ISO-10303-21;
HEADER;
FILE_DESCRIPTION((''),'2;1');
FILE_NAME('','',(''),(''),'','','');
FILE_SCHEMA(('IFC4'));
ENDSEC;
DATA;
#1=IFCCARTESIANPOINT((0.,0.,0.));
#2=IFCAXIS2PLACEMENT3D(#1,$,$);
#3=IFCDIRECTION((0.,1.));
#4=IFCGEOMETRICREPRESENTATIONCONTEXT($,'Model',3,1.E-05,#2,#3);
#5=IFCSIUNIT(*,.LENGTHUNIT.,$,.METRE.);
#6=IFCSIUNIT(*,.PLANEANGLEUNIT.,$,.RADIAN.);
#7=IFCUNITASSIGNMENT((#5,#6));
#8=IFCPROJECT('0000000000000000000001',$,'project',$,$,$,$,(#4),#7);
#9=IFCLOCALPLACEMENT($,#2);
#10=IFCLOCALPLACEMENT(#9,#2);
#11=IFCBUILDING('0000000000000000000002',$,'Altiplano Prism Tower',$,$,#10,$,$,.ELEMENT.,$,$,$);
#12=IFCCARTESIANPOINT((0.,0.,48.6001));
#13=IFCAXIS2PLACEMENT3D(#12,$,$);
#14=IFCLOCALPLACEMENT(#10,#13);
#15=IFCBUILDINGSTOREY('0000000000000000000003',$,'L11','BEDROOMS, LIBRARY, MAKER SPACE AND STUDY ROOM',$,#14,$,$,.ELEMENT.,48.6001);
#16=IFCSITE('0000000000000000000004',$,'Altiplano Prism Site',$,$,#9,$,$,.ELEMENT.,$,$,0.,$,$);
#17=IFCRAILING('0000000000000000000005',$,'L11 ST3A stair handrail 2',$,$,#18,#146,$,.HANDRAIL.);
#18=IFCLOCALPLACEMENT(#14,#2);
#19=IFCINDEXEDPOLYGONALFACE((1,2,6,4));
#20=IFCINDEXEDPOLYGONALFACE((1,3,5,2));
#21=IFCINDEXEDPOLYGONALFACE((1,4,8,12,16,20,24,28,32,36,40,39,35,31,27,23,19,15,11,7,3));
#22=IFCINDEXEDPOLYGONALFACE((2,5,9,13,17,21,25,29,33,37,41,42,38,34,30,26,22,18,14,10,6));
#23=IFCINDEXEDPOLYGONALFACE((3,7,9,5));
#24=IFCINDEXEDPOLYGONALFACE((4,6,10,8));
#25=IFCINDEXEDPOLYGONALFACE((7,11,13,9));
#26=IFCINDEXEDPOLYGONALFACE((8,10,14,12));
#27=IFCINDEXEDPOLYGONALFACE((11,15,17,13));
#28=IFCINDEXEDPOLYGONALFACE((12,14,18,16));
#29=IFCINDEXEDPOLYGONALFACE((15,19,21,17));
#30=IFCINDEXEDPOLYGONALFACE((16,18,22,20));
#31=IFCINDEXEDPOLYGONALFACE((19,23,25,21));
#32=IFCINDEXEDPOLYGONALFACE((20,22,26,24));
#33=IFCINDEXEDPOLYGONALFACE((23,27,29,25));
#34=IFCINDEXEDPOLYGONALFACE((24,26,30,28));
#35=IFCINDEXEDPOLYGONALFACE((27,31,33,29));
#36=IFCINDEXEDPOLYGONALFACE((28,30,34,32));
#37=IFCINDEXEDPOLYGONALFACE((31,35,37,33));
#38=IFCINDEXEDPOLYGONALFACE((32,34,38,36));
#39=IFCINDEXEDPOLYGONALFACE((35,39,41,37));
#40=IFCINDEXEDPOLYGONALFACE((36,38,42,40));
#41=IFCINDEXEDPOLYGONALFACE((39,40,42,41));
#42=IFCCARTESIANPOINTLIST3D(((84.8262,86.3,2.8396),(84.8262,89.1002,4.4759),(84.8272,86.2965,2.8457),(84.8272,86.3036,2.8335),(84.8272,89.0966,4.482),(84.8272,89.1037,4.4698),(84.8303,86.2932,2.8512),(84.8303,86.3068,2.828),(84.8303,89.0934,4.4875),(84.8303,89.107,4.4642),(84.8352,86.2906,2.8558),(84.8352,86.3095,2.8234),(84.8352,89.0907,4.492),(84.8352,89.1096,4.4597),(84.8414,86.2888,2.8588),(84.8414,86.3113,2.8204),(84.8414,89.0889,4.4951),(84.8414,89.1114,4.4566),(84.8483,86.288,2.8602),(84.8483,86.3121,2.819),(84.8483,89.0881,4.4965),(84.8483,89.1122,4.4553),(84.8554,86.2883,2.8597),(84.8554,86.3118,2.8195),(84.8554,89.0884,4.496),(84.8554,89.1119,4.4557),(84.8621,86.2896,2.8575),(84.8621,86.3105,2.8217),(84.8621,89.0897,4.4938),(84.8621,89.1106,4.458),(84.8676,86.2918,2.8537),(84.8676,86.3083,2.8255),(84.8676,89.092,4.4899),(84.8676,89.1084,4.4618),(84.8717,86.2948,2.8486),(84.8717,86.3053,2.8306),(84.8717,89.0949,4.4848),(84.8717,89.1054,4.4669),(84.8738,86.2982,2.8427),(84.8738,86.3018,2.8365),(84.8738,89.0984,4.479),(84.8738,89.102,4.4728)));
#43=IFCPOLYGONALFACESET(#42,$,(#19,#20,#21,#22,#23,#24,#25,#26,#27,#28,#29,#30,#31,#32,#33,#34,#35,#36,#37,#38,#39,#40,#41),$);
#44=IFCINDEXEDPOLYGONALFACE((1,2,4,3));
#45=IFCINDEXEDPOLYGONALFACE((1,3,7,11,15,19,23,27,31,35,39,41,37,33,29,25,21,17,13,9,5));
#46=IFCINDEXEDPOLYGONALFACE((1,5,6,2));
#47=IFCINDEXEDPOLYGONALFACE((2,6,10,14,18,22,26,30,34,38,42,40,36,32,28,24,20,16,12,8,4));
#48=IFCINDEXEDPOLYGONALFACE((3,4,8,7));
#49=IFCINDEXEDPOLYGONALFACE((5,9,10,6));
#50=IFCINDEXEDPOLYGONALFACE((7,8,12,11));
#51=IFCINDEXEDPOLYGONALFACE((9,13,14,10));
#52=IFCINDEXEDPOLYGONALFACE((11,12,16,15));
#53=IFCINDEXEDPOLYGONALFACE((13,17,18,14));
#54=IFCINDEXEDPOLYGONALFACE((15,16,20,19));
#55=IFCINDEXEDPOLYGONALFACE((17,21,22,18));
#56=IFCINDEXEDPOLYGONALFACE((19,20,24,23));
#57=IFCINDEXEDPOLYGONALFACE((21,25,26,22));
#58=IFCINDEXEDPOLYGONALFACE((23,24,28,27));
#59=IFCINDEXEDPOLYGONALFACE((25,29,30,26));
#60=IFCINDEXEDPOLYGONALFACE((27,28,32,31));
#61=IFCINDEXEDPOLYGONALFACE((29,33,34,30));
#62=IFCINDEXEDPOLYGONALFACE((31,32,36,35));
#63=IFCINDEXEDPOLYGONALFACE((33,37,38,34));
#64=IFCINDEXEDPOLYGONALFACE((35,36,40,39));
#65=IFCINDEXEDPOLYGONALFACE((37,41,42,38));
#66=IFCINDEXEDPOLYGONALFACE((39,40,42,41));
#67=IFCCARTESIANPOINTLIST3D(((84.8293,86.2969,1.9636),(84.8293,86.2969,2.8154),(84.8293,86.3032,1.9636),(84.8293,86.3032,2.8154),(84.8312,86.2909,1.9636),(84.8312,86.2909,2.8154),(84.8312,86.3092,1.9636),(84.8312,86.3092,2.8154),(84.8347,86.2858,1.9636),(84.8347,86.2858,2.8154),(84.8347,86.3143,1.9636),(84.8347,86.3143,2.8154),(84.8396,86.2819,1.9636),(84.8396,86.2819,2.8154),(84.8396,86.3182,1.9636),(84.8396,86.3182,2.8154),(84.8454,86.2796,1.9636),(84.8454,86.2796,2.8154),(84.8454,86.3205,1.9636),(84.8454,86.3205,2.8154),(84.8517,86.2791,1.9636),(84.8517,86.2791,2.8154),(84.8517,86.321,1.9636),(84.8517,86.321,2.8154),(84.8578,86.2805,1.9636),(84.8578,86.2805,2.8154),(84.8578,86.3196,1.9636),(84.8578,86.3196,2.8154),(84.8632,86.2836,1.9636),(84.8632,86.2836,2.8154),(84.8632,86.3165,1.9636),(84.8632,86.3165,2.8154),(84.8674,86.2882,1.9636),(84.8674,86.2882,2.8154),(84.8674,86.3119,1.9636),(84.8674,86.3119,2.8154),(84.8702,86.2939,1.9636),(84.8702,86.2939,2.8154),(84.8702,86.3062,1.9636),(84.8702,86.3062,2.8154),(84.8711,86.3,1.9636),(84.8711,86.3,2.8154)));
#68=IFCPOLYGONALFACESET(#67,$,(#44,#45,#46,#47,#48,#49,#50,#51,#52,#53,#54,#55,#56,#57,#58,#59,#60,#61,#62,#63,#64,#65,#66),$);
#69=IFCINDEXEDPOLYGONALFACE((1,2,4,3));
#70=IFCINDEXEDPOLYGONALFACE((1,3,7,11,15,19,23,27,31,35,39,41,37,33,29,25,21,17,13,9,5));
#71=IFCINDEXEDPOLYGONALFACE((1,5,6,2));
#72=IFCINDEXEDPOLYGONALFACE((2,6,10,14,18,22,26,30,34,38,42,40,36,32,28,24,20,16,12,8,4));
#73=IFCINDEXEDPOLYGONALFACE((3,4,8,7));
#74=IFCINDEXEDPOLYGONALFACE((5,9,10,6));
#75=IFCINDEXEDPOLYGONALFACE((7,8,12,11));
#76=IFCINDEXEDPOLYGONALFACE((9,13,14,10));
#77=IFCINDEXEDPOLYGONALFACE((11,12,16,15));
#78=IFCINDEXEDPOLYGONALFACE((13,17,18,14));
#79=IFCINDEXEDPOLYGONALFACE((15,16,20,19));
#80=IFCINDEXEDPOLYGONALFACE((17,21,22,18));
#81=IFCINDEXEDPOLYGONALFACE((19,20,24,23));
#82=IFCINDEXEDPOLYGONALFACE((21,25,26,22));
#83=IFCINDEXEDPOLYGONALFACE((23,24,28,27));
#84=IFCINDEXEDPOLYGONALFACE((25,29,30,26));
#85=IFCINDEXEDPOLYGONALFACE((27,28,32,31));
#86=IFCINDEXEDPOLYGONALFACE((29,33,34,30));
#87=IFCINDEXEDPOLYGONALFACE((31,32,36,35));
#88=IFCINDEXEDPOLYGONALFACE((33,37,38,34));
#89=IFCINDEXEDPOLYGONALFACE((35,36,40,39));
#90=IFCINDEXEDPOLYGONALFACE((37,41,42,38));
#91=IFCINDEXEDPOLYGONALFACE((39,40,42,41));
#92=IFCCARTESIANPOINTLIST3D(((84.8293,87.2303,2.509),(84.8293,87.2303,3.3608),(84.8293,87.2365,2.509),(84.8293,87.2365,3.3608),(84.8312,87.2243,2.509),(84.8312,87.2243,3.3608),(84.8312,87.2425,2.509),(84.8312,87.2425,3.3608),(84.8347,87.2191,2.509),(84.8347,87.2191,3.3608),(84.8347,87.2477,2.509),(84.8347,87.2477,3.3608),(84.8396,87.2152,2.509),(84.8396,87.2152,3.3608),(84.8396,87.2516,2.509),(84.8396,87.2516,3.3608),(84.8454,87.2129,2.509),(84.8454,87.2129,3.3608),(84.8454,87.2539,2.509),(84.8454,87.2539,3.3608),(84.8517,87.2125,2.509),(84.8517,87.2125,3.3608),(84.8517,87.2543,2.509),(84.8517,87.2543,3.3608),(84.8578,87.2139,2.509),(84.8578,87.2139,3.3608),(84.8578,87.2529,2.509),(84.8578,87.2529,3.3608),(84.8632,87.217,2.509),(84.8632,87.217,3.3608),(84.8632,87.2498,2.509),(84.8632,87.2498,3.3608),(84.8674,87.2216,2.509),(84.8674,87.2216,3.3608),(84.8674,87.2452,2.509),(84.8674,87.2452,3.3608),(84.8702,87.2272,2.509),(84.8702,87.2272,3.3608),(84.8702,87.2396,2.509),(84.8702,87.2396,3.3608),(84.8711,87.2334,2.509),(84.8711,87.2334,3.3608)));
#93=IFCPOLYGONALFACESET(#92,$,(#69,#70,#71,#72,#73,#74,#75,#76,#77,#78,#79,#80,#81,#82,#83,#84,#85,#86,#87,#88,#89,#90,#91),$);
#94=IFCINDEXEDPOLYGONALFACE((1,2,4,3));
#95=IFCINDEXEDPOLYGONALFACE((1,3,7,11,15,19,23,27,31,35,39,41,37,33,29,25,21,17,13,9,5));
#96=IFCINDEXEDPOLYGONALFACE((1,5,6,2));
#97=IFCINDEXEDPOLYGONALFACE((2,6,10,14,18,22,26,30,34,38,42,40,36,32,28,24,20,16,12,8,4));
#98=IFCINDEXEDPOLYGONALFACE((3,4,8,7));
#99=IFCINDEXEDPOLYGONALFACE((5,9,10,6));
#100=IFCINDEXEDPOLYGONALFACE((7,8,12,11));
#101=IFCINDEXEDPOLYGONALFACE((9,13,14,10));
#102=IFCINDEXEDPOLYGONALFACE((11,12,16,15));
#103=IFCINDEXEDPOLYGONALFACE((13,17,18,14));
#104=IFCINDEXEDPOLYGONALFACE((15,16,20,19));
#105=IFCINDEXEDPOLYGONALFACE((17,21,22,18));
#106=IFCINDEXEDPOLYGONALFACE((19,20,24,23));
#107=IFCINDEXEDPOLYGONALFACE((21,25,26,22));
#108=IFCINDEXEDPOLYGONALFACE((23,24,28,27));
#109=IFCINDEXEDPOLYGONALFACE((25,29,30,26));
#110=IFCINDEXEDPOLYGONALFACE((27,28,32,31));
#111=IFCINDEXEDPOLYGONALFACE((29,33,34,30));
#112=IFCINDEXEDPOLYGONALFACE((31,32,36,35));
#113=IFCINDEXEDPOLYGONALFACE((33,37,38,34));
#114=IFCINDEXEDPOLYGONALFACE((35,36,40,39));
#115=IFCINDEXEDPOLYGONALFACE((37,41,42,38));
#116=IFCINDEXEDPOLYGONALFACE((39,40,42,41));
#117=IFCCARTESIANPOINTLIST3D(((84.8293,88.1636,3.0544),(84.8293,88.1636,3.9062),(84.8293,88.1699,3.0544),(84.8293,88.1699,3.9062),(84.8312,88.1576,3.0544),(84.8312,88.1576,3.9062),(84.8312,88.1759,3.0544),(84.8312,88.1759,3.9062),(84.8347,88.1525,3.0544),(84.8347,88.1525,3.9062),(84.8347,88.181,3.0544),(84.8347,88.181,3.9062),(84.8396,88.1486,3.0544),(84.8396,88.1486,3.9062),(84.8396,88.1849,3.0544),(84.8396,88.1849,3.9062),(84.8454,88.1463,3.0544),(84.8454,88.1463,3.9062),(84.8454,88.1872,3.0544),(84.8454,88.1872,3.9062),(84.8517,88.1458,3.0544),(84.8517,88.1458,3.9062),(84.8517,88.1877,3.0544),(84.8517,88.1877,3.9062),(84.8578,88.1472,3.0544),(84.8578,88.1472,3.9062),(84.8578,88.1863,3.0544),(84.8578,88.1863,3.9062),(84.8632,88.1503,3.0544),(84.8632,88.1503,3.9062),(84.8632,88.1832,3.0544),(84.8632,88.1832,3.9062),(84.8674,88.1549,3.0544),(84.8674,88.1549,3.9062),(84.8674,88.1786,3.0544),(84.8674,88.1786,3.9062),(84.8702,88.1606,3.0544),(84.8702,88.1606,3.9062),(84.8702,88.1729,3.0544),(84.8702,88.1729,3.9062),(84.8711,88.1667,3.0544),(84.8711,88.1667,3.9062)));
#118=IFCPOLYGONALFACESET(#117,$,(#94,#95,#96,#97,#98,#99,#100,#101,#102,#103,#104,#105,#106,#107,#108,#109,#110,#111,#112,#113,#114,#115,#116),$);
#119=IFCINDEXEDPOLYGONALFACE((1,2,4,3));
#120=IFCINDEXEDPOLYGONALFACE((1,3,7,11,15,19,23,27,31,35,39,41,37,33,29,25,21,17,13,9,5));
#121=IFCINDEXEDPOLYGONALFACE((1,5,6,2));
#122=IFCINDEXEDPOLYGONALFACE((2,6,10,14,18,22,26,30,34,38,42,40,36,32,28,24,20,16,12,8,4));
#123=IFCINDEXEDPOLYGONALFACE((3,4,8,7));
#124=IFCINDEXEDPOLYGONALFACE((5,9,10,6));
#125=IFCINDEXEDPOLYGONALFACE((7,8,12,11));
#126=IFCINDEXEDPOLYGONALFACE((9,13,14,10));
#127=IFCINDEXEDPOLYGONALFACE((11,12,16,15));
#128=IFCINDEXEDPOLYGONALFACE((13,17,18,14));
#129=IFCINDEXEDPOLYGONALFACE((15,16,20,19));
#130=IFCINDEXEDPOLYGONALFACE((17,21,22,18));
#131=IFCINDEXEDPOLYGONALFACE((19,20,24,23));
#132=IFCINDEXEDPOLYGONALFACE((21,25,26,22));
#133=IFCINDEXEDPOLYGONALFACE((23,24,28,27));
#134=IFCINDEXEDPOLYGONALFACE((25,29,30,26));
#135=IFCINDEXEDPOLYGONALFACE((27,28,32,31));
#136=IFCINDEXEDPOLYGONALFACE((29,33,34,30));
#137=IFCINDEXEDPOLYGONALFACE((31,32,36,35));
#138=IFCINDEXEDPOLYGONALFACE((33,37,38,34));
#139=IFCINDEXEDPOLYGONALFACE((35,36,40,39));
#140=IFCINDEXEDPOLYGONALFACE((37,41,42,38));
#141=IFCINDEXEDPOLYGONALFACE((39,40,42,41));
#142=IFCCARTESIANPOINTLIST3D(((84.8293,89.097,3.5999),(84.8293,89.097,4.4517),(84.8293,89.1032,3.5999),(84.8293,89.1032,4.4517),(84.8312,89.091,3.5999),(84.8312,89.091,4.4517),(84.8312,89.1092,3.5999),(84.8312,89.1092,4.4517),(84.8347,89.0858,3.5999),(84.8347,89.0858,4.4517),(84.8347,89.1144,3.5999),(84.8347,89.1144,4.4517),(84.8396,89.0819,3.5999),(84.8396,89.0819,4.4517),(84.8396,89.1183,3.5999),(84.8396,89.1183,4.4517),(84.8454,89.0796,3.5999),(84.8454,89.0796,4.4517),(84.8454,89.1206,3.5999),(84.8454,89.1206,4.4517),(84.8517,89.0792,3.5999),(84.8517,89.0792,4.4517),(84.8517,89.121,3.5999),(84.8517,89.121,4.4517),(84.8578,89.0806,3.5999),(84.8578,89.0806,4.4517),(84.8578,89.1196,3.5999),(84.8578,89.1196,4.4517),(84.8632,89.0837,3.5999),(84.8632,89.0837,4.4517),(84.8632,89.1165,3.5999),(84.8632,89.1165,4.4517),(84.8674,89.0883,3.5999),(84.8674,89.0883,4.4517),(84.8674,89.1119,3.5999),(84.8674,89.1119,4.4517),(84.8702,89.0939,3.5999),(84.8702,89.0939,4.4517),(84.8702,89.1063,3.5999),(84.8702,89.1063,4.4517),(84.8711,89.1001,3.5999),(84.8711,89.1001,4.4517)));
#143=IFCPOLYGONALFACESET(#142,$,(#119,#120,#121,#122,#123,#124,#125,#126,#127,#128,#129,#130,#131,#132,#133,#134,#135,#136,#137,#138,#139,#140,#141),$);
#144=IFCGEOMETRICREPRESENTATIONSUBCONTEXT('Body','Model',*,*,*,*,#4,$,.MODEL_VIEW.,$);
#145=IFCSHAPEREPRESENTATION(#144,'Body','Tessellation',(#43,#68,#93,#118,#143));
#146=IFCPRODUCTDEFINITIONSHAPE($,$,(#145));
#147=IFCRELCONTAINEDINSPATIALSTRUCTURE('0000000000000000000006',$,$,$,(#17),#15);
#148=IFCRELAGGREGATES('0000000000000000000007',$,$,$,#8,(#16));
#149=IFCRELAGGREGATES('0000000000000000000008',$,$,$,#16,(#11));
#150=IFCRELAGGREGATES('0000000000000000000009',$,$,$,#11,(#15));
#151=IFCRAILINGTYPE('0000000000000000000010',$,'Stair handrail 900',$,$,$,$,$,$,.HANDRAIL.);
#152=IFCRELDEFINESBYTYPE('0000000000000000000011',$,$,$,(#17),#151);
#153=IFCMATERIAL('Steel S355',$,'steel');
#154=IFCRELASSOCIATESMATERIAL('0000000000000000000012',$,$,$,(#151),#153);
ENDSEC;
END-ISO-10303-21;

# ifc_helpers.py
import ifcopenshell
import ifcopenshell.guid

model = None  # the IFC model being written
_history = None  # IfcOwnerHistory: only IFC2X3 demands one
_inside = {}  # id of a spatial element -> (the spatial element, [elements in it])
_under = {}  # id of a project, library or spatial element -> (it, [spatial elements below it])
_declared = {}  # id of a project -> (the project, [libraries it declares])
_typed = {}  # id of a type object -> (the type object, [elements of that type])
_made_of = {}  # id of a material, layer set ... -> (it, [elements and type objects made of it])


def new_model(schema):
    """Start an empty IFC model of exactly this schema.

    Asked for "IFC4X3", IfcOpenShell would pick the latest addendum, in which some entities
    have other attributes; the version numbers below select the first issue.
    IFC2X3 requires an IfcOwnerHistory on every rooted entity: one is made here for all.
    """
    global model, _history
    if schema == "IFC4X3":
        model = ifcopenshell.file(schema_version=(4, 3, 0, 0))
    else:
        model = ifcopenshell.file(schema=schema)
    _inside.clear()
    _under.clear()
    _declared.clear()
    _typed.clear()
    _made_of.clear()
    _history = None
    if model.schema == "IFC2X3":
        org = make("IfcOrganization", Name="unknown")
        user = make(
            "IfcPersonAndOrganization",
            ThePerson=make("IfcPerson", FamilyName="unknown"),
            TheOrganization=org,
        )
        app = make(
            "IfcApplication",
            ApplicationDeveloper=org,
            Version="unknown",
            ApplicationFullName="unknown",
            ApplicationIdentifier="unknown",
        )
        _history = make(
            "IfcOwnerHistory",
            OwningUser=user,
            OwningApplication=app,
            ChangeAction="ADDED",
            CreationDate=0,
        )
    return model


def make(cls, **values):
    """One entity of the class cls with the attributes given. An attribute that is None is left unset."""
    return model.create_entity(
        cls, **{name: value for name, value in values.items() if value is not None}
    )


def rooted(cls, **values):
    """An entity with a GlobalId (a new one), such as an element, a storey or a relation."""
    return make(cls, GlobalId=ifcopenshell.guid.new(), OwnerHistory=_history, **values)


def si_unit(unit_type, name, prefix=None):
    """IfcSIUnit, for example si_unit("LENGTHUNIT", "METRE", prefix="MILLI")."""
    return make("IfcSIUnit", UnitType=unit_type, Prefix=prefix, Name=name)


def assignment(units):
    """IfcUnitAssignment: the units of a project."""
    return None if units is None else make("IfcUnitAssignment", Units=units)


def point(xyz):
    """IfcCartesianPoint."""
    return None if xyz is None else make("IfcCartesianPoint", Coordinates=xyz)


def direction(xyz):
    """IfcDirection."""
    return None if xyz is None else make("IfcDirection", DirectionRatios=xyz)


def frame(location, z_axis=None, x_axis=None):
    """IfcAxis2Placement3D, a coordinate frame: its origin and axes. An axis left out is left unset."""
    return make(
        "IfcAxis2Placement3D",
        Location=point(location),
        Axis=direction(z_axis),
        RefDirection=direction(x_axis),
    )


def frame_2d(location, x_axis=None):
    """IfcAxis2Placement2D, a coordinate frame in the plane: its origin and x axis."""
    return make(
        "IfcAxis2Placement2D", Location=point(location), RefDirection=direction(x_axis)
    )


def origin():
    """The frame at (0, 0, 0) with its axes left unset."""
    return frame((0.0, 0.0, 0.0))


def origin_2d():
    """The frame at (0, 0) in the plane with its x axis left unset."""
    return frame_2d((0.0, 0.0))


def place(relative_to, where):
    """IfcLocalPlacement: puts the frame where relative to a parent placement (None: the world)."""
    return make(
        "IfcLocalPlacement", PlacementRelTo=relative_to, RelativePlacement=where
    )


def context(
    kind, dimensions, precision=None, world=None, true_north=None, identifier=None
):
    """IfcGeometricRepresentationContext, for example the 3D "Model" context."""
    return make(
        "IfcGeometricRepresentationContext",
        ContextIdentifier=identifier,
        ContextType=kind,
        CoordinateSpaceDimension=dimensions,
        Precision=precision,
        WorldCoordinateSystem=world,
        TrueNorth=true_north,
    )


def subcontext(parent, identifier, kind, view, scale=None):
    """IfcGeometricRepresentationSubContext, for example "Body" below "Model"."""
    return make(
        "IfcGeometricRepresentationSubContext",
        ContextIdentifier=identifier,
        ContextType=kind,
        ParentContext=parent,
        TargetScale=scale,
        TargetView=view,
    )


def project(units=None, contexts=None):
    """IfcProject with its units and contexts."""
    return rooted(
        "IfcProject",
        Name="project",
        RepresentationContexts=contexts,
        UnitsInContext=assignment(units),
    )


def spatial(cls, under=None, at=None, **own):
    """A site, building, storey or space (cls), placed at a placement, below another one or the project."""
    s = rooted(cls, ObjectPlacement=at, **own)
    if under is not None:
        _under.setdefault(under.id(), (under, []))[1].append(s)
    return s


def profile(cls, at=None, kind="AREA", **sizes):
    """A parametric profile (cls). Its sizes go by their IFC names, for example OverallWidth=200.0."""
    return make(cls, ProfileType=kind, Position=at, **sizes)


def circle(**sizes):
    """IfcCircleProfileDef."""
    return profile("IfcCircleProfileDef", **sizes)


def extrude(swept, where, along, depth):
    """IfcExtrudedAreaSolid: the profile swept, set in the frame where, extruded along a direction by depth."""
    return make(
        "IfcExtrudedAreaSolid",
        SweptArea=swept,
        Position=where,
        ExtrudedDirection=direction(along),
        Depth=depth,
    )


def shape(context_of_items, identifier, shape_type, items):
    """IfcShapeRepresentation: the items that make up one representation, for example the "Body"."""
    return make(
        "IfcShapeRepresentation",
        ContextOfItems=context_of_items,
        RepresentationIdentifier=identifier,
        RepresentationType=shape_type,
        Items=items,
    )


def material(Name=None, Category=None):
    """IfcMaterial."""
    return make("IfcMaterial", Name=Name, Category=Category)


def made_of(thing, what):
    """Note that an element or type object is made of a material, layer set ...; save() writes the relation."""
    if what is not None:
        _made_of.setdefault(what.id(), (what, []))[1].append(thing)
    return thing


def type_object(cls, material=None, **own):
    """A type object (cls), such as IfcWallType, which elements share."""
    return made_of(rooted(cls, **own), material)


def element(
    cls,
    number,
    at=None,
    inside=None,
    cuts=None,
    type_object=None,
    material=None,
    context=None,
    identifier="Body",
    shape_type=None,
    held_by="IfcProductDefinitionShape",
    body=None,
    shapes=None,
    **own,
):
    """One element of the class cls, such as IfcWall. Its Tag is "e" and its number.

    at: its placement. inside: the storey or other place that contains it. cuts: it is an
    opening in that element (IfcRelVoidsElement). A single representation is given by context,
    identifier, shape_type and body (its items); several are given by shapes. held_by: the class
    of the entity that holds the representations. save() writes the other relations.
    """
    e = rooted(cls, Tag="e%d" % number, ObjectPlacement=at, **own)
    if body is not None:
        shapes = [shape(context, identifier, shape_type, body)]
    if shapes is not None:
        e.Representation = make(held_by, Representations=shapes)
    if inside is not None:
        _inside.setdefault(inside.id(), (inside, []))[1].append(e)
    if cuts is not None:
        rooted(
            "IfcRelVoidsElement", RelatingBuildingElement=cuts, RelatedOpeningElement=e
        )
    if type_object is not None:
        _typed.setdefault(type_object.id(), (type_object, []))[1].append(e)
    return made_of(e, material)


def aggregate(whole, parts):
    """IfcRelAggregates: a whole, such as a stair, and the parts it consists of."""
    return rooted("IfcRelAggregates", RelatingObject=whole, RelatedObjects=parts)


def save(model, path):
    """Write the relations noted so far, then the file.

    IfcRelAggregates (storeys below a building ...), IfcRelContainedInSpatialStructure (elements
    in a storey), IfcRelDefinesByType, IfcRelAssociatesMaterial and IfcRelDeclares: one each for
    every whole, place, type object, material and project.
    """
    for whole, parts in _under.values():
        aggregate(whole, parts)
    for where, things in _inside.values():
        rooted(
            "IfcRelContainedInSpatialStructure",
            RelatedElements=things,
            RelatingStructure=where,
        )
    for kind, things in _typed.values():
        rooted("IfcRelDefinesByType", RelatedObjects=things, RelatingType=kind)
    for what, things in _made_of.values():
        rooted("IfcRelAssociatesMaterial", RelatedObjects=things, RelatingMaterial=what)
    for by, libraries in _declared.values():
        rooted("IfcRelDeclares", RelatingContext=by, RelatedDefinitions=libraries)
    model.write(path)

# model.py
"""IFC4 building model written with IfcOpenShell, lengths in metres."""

from ifc_helpers import new_model, si_unit, direction, frame, origin, origin_2d, place, context, subcontext, project, spatial, circle, extrude, material, type_object, element, save


model = new_model("IFC4")

# Units and contexts
model_context = context("Model", 3, precision=1e-05, world=origin(), true_north=direction((0.0, 1.0)))
body_context = subcontext(model_context, "Body", "Model", "MODEL_VIEW")
ifc_project = project(units=[si_unit("LENGTHUNIT", "METRE"), si_unit("PLANEANGLEUNIT", "RADIAN")], contexts=[model_context])

# Site, building, storey
site_placement = place(None, origin())
site = spatial("IfcSite", under=ifc_project, at=site_placement, Name="Altiplano Prism Site", CompositionType="ELEMENT", RefElevation=0.0)
building_placement = place(site_placement, origin())
building = spatial("IfcBuilding", under=site, at=building_placement, Name="Altiplano Prism Tower", CompositionType="ELEMENT")
storey_placement = place(building_placement, frame((0.0, 0.0, 48.6001)))
storey = spatial("IfcBuildingStorey", under=building, at=storey_placement, Name="L11", Description="BEDROOMS, LIBRARY, MAKER SPACE AND STUDY ROOM", CompositionType="ELEMENT", Elevation=48.6001)

# Railing
ifc_material_1 = material(Name="Steel S355", Category="steel")
railing_type_1 = type_object("IfcRailingType", Name="Stair handrail 900", PredefinedType="HANDRAIL", material=ifc_material_1)
railing_1_placement = place(storey_placement, frame((84.8501, 86.3, 1.9636)))
element("IfcRailing", 1, at=railing_1_placement, inside=storey, type_object=railing_type_1, Name="L11 ST3A stair handrail 2", PredefinedType="HANDRAIL", context=body_context, shape_type="SweptSolid", body=[
    extrude(circle(Radius=0.0239, at=origin_2d()), frame((0.0, 0.0, 0.876), z_axis=(0.0, 0.863394, 0.504531), x_axis=(-1.0, 0.0, 0.0)), (0.0, 0.0, 1.0), 3.2432),
    extrude(circle(Radius=0.021, at=origin_2d()), origin(), (0.0, 0.0, 1.0), 0.8518),
    extrude(circle(Radius=0.021, at=origin_2d()), frame((0.0, 0.9333, 0.5454)), (0.0, 0.0, 1.0), 0.8518),
    extrude(circle(Radius=0.021, at=origin_2d()), frame((0.0, 1.8667, 1.0908)), (0.0, 0.0, 1.0), 0.8518),
    extrude(circle(Radius=0.021, at=origin_2d()), frame((0.0, 2.8, 1.6362)), (0.0, 0.0, 1.0), 0.8518),
])

save(model, "model.ifc")
